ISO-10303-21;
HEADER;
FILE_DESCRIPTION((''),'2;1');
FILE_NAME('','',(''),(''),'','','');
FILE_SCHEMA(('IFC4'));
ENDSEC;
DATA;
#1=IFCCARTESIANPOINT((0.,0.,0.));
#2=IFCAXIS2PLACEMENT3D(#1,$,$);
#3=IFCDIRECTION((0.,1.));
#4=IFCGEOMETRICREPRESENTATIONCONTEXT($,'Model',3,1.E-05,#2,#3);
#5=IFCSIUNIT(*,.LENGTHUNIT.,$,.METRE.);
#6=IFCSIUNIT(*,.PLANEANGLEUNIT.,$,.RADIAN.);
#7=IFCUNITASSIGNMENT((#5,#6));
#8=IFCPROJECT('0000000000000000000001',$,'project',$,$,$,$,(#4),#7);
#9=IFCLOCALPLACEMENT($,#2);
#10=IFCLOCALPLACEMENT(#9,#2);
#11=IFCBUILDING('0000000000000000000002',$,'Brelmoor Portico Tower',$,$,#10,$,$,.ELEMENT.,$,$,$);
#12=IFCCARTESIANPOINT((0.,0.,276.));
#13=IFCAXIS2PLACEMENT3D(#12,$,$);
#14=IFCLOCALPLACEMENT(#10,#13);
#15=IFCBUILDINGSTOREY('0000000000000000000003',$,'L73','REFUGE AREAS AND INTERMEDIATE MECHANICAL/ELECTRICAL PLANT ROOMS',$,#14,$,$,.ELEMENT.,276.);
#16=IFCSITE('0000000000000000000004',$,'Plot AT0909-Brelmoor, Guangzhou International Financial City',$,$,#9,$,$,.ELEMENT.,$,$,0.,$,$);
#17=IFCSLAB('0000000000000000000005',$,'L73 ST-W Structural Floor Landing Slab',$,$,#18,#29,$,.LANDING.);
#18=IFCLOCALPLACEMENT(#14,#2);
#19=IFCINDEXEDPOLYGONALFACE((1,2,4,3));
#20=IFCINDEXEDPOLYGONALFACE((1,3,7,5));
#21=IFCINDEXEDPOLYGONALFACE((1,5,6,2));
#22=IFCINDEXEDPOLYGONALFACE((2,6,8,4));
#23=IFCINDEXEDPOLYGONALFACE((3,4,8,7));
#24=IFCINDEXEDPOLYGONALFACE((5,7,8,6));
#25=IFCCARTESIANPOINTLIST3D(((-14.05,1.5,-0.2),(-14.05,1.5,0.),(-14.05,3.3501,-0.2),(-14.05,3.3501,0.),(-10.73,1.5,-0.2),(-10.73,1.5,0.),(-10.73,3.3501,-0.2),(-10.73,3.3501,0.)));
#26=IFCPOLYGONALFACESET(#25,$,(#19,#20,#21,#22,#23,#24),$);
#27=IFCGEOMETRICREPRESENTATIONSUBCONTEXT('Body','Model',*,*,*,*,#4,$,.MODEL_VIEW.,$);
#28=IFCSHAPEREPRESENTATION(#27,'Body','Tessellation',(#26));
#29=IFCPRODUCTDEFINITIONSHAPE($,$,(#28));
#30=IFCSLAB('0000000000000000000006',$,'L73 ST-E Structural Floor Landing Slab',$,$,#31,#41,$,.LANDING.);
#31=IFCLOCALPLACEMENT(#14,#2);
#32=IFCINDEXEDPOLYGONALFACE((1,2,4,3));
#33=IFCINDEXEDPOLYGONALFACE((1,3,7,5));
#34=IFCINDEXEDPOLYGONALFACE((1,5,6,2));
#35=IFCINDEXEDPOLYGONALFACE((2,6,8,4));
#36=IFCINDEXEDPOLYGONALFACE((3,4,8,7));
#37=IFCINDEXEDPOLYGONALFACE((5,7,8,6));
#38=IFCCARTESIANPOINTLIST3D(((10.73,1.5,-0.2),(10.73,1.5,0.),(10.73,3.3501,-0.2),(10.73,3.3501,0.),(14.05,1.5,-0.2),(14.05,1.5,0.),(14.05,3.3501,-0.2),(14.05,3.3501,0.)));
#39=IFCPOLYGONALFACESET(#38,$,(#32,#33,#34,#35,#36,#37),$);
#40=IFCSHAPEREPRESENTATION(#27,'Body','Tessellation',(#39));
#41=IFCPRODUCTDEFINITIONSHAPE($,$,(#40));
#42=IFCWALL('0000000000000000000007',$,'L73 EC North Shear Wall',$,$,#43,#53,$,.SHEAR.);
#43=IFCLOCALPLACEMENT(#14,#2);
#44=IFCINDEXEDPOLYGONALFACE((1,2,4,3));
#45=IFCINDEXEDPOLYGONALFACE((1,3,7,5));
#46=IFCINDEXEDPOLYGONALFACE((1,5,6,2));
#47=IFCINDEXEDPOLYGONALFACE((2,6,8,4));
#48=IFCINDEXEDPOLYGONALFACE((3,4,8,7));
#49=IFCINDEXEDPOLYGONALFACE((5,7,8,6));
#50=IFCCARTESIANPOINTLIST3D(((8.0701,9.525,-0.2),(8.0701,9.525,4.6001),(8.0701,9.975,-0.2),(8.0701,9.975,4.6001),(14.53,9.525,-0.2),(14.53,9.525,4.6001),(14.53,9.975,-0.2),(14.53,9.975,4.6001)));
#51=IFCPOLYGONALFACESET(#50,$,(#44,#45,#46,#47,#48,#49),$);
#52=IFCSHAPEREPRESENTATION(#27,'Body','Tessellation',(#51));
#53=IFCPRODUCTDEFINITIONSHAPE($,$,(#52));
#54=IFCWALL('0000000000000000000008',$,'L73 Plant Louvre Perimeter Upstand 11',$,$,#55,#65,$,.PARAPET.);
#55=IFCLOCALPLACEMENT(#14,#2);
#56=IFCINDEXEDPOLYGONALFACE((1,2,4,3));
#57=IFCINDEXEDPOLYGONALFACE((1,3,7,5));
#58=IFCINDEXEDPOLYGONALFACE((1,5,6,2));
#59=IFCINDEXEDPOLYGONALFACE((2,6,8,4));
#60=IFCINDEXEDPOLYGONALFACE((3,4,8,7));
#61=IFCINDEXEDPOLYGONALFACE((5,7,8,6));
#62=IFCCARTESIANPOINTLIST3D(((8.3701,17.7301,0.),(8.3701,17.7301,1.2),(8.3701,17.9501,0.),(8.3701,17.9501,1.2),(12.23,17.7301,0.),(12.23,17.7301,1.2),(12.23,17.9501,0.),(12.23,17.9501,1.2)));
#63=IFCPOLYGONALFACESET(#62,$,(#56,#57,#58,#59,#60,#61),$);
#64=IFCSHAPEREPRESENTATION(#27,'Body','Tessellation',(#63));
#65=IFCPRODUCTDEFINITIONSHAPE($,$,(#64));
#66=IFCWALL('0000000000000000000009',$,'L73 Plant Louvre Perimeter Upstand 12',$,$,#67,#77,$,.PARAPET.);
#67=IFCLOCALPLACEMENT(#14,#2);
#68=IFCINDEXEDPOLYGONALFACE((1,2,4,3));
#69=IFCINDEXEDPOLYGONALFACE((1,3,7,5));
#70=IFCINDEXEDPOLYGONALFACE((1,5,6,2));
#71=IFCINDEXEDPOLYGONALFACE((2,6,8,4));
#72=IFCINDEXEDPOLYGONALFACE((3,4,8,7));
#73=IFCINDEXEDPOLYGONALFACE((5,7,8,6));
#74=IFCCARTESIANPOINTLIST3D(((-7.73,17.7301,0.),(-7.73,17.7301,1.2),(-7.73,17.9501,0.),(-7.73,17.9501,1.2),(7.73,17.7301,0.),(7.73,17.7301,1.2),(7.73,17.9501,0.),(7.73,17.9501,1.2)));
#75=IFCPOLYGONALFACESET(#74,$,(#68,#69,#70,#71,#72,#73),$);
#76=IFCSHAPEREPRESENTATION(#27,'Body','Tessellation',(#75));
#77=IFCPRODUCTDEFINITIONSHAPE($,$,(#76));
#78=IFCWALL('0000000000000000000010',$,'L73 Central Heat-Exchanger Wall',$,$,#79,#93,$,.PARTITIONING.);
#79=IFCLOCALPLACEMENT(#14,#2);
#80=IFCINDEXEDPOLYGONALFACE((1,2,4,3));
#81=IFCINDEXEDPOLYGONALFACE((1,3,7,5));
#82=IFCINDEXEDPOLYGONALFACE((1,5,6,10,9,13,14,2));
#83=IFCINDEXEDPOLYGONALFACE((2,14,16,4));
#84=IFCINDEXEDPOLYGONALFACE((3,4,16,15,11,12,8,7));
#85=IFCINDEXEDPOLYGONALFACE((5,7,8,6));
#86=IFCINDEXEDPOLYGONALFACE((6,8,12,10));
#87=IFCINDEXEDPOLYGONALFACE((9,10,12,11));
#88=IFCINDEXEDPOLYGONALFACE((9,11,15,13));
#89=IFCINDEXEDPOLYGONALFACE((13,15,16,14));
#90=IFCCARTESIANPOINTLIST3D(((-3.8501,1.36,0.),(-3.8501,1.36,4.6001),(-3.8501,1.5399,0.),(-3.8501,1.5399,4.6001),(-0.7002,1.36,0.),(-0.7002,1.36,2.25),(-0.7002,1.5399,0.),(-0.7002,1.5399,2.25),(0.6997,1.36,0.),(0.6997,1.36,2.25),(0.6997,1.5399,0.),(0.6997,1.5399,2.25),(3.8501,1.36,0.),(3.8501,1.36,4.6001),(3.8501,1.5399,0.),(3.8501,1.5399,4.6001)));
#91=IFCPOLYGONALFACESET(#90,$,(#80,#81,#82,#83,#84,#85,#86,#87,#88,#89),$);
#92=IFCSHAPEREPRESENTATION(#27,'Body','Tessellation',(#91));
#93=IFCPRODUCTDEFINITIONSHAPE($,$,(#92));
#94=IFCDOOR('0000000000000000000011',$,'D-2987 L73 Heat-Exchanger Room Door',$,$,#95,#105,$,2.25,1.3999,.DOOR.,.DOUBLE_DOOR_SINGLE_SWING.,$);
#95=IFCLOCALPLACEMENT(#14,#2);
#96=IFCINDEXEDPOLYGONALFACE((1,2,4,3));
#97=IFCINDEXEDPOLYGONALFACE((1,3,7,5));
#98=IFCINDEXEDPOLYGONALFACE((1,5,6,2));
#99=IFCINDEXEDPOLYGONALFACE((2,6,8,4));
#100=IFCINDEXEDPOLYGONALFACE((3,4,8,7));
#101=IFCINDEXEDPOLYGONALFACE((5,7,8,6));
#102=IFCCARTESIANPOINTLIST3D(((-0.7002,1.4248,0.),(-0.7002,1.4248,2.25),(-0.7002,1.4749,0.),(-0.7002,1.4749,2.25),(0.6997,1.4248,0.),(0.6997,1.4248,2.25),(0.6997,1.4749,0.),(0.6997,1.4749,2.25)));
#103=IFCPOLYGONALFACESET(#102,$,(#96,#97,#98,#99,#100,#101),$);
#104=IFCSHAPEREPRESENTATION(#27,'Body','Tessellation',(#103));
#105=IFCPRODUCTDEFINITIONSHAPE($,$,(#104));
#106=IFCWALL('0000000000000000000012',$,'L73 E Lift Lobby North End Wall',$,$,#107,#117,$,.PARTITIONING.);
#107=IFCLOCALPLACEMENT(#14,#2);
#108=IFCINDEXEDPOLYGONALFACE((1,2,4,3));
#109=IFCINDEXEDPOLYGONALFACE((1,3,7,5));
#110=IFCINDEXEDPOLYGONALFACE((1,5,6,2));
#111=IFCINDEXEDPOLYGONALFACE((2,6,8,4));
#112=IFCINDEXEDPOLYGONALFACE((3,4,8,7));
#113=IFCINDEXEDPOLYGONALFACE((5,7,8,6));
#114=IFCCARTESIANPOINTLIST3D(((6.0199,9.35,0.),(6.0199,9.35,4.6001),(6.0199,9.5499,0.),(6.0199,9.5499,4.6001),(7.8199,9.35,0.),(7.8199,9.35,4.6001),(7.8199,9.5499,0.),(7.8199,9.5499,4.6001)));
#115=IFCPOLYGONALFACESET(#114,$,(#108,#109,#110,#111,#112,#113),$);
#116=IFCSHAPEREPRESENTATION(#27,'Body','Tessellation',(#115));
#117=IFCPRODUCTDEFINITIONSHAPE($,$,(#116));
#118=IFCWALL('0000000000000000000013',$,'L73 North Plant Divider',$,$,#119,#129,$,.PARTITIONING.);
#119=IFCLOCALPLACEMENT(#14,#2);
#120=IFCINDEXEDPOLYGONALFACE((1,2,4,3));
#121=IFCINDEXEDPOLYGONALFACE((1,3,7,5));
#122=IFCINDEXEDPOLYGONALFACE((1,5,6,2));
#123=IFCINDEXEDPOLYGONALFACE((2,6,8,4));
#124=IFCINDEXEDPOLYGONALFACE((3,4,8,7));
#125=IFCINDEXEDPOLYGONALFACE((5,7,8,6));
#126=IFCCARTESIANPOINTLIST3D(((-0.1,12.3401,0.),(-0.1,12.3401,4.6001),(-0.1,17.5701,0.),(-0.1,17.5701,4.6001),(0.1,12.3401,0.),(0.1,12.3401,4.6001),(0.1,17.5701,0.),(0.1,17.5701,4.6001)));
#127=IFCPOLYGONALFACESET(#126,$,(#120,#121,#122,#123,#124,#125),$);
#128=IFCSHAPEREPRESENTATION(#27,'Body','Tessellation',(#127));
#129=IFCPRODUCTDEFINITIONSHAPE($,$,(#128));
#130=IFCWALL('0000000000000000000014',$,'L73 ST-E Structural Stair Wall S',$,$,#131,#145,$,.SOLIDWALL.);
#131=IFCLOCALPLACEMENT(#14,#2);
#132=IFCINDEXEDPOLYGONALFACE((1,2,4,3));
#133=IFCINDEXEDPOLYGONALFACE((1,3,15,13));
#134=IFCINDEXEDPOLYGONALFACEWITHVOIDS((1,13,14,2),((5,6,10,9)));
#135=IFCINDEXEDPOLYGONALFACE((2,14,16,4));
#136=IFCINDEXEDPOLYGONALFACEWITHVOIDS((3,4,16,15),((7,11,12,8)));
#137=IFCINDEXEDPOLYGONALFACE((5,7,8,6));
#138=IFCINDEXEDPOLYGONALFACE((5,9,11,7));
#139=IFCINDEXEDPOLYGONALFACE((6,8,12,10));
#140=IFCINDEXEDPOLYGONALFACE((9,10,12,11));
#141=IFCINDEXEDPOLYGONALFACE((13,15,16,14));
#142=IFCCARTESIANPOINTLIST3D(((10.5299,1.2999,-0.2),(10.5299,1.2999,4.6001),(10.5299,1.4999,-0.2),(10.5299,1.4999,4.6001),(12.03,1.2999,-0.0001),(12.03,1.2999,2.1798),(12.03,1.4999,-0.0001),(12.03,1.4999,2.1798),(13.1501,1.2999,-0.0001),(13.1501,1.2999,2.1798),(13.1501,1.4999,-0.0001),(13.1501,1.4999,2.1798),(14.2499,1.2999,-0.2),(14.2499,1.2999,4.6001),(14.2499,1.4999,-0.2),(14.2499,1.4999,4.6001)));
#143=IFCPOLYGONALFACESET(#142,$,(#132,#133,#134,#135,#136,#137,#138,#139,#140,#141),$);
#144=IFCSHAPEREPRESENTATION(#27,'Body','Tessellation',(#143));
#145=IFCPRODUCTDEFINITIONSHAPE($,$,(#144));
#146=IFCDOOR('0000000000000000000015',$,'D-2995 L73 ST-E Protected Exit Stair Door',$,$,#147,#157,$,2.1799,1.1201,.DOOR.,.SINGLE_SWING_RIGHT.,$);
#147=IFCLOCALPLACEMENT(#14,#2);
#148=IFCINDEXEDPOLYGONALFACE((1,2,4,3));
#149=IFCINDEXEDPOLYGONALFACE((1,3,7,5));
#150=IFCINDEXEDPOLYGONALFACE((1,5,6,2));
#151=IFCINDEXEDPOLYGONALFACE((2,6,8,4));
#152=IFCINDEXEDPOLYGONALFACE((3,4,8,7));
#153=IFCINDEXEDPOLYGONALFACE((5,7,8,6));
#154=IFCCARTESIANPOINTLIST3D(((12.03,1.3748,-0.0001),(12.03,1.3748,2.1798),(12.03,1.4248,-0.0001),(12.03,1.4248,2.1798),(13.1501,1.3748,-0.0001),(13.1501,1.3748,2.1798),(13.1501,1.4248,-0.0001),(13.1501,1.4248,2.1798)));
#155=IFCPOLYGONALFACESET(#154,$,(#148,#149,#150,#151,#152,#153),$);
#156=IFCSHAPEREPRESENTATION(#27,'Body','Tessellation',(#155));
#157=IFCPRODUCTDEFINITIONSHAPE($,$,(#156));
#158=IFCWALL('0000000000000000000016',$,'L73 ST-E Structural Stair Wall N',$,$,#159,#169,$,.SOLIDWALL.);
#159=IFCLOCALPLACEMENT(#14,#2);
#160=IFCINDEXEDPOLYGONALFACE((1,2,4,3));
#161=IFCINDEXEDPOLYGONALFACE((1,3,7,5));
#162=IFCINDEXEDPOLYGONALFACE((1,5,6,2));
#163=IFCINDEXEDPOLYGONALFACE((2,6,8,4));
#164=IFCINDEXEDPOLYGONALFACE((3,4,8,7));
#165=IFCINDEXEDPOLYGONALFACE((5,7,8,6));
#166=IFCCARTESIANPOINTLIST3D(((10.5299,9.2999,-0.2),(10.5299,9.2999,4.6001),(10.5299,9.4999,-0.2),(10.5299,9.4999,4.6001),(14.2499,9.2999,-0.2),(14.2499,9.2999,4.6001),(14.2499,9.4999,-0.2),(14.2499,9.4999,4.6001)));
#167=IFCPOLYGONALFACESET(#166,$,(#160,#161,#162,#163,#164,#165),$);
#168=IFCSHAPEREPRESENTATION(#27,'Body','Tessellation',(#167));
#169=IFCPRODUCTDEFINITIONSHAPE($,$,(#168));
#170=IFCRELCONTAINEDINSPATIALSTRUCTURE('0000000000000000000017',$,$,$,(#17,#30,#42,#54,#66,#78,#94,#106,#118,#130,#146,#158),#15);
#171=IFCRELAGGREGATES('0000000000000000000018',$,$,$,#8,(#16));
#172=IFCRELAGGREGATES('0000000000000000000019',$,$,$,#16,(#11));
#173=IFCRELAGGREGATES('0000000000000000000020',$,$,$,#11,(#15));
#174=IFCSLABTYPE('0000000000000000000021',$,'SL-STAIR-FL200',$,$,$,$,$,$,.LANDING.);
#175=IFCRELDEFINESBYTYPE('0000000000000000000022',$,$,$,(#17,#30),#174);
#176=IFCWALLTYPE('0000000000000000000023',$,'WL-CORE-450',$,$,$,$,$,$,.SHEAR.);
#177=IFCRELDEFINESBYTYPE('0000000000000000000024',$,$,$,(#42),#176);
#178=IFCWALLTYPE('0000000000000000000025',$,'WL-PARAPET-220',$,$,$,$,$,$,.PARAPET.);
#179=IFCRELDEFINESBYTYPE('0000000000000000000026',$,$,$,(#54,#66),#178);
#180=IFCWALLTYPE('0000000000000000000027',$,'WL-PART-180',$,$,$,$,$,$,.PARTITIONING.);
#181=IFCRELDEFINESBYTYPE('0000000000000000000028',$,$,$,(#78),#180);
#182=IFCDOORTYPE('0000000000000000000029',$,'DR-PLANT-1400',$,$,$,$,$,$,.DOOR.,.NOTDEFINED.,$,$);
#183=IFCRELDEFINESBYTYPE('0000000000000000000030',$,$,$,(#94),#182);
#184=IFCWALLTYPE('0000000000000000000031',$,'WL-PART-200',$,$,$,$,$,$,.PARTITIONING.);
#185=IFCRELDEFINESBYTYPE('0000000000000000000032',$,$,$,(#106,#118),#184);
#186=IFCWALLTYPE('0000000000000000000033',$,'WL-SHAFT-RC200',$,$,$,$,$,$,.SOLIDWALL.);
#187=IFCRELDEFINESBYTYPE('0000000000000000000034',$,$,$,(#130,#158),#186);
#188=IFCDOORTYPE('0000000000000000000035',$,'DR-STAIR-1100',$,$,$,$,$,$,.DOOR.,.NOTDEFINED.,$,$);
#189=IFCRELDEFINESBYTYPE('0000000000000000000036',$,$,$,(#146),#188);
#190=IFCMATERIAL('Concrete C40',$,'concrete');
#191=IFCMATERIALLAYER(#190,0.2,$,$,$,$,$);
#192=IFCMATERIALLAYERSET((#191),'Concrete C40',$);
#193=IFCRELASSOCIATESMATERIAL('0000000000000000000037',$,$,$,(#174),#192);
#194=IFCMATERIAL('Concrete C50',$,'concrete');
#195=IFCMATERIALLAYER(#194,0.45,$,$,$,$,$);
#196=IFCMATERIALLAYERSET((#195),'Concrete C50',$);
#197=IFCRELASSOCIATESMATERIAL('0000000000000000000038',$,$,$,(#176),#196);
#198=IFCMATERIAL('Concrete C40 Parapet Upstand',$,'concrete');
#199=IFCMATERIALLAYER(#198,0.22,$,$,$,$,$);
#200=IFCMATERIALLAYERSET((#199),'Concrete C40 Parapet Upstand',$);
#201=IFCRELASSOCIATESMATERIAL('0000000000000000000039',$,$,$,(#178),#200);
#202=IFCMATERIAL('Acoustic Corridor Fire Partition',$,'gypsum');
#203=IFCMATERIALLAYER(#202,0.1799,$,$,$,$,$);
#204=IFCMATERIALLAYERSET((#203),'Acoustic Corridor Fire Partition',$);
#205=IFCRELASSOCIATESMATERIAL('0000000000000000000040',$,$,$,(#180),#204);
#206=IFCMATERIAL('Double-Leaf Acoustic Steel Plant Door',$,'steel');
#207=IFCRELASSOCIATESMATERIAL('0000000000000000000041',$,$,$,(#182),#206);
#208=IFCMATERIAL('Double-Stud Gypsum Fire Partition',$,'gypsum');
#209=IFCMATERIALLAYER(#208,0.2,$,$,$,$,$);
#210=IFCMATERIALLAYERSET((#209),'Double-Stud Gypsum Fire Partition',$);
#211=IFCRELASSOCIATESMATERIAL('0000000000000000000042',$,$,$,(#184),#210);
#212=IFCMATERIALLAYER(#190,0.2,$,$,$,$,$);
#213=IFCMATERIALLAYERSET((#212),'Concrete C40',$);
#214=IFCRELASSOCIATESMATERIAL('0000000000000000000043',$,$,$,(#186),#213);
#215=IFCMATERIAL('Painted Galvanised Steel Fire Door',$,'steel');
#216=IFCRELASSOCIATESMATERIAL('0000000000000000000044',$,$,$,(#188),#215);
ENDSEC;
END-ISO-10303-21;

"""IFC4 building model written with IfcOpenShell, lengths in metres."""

from ifc_helpers import new_model, si_unit, direction, frame, frame_2d, origin, place, context, subcontext, project, spatial, polyline, rectangle, outline, extrude, material, layer, layer_set, type_object, element, fill, save


model = new_model("IFC4")

# Units and contexts
model_context = context("Model", 3, precision=1e-05, world=origin(), true_north=direction((0.0, 1.0)))
body_context = subcontext(model_context, "Body", "Model", "MODEL_VIEW")
ifc_project = project(units=[si_unit("LENGTHUNIT", "METRE"), si_unit("PLANEANGLEUNIT", "RADIAN")], contexts=[model_context])

# Site, building, storey
site_placement = place(None, origin())
site = spatial("IfcSite", under=ifc_project, at=site_placement, Name="Plot AT0909-Brelmoor, Guangzhou International Financial City", CompositionType="ELEMENT", RefElevation=0.0)
building_placement = place(site_placement, origin())
building = spatial("IfcBuilding", under=site, at=building_placement, Name="Brelmoor Portico Tower", CompositionType="ELEMENT")
storey_placement = place(building_placement, frame((0.0, 0.0, 276.0)))
storey = spatial("IfcBuildingStorey", under=building, at=storey_placement, Name="L73", Description="REFUGE AREAS AND INTERMEDIATE MECHANICAL/ELECTRICAL PLANT ROOMS", CompositionType="ELEMENT", Elevation=276.0)

# Shared definitions
ifc_material_1 = material(Name="Concrete C40", Category="concrete")

# Slabs
ifc_layer_1 = layer(ifc_material_1, 0.2)
ifc_layer_set_1 = layer_set([ifc_layer_1], Name="Concrete C40")
slab_type_1 = type_object("IfcSlabType", Name="SL-STAIR-FL200", PredefinedType="LANDING", material=ifc_layer_set_1)
slab_1_placement = place(storey_placement, frame((0.0, 0.0, -0.2)))
element("IfcSlab", 1, at=slab_1_placement, inside=storey, type_object=slab_type_1, Name="L73 ST-W Structural Floor Landing Slab", PredefinedType="LANDING", context=body_context, shape_type="SweptSolid", body=[
    extrude(outline(polyline([(-10.73, 1.5), (-10.73, 3.3501), (-14.05, 3.3501), (-14.05, 1.5), (-10.73, 1.5)])), origin(), (0.0, 0.0, 1.0), 0.2),
])
slab_2_placement = place(storey_placement, frame((0.0, 0.0, -0.2)))
element("IfcSlab", 2, at=slab_2_placement, inside=storey, type_object=slab_type_1, Name="L73 ST-E Structural Floor Landing Slab", PredefinedType="LANDING", context=body_context, shape_type="SweptSolid", body=[
    extrude(outline(polyline([(14.05, 1.5), (14.05, 3.3501), (10.73, 3.3501), (10.73, 1.5), (14.05, 1.5)])), origin(), (0.0, 0.0, 1.0), 0.2),
])

# Walls
ifc_material_2 = material(Name="Concrete C50", Category="concrete")
ifc_layer_2 = layer(ifc_material_2, 0.45)
ifc_layer_set_2 = layer_set([ifc_layer_2], Name="Concrete C50")
wall_type_1 = type_object("IfcWallType", Name="WL-CORE-450", PredefinedType="SHEAR", material=ifc_layer_set_2)
wall_1_placement = place(storey_placement, frame((8.0701, 9.75, -0.2), z_axis=(0.0, 0.0, 1.0), x_axis=(1.0, 0.0, 0.0)))
element("IfcWall", 3, at=wall_1_placement, inside=storey, type_object=wall_type_1, Name="L73 EC North Shear Wall", PredefinedType="SHEAR", context=body_context, shape_type="SweptSolid", body=[
    extrude(rectangle(XDim=6.46, YDim=0.45, at=frame_2d((3.23, 0.0))), origin(), (0.0, 0.0, 1.0), 4.8),
])
ifc_material_3 = material(Name="Concrete C40 Parapet Upstand", Category="concrete")
ifc_layer_3 = layer(ifc_material_3, 0.22)
ifc_layer_set_3 = layer_set([ifc_layer_3], Name="Concrete C40 Parapet Upstand")
wall_type_2 = type_object("IfcWallType", Name="WL-PARAPET-220", PredefinedType="PARAPET", material=ifc_layer_set_3)
wall_2_placement = place(storey_placement, frame((12.23, 17.8401, 0.0), z_axis=(0.0, 0.0, 1.0), x_axis=(-1.0, 0.0, 0.0)))
element("IfcWall", 4, at=wall_2_placement, inside=storey, type_object=wall_type_2, Name="L73 Plant Louvre Perimeter Upstand 11", PredefinedType="PARAPET", context=body_context, shape_type="SweptSolid", body=[
    extrude(rectangle(XDim=3.8599, YDim=0.22, at=frame_2d((1.9299, 0.0))), origin(), (0.0, 0.0, 1.0), 1.2),
])
wall_3_placement = place(storey_placement, frame((7.73, 17.8401, 0.0), z_axis=(0.0, 0.0, 1.0), x_axis=(-1.0, 0.0, 0.0)))
element("IfcWall", 5, at=wall_3_placement, inside=storey, type_object=wall_type_2, Name="L73 Plant Louvre Perimeter Upstand 12", PredefinedType="PARAPET", context=body_context, shape_type="SweptSolid", body=[
    extrude(rectangle(XDim=15.46, YDim=0.22, at=frame_2d((7.73, 0.0))), origin(), (0.0, 0.0, 1.0), 1.2),
])

# Wall, opening, door
ifc_material_4 = material(Name="Acoustic Corridor Fire Partition", Category="gypsum")
ifc_layer_4 = layer(ifc_material_4, 0.1799)
ifc_layer_set_4 = layer_set([ifc_layer_4], Name="Acoustic Corridor Fire Partition")
wall_type_3 = type_object("IfcWallType", Name="WL-PART-180", PredefinedType="PARTITIONING", material=ifc_layer_set_4)
wall_4_placement = place(storey_placement, frame((-3.8501, 1.45, 0.0), z_axis=(0.0, 0.0, 1.0), x_axis=(1.0, 0.0, 0.0)))
wall_4 = element("IfcWall", 6, at=wall_4_placement, inside=storey, type_object=wall_type_3, Name="L73 Central Heat-Exchanger Wall", PredefinedType="PARTITIONING", context=body_context, shape_type="SweptSolid", body=[
    extrude(rectangle(XDim=7.7002, YDim=0.1799, at=frame_2d((3.8501, 0.0))), origin(), (0.0, 0.0, 1.0), 4.6001),
])
opening_1_placement = place(wall_4_placement, frame((3.1499, 0.0, 0.0)))
opening_1 = element("IfcOpeningElement", 7, at=opening_1_placement, cuts=wall_4, PredefinedType="OPENING", context=body_context, shape_type="SweptSolid", body=[
    extrude(rectangle(XDim=1.3999, YDim=2.25, at=frame_2d((0.7, 1.125))), frame((0.0, 0.0999, 0.0), z_axis=(0.0, -1.0, 0.0), x_axis=(1.0, 0.0, 0.0)), (0.0, 0.0, 1.0), 0.2),
])
ifc_material_5 = material(Name="Double-Leaf Acoustic Steel Plant Door", Category="steel")
door_type_1 = type_object("IfcDoorType", Name="DR-PLANT-1400", OperationType="NOTDEFINED", PredefinedType="DOOR", material=ifc_material_5)
door_1_placement = place(opening_1_placement, origin())
door_1 = element("IfcDoor", 8, at=door_1_placement, inside=storey, type_object=door_type_1, Name="D-2987 L73 Heat-Exchanger Room Door", OperationType="DOUBLE_DOOR_SINGLE_SWING", OverallHeight=2.25, OverallWidth=1.3999, PredefinedType="DOOR", context=body_context, shape_type="SweptSolid", body=[
    extrude(rectangle(XDim=1.3999, YDim=2.25, at=frame_2d((0.7, 1.125))), frame((0.0, 0.0249, 0.0), z_axis=(0.0, -1.0, 0.0), x_axis=(1.0, 0.0, 0.0)), (0.0, 0.0, 1.0), 0.05),
])
fill(opening_1, door_1)

# Walls
ifc_material_6 = material(Name="Double-Stud Gypsum Fire Partition", Category="gypsum")
ifc_layer_5 = layer(ifc_material_6, 0.2)
ifc_layer_set_5 = layer_set([ifc_layer_5], Name="Double-Stud Gypsum Fire Partition")
wall_type_4 = type_object("IfcWallType", Name="WL-PART-200", PredefinedType="PARTITIONING", material=ifc_layer_set_5)
wall_5_placement = place(storey_placement, frame((6.02, 9.45, 0.0), z_axis=(0.0, 0.0, 1.0), x_axis=(1.0, 0.0, 0.0)))
element("IfcWall", 9, at=wall_5_placement, inside=storey, type_object=wall_type_4, Name="L73 E Lift Lobby North End Wall", PredefinedType="PARTITIONING", context=body_context, shape_type="SweptSolid", body=[
    extrude(rectangle(XDim=1.8, YDim=0.2, at=frame_2d((0.8999, 0.0))), origin(), (0.0, 0.0, 1.0), 4.6001),
])
wall_6_placement = place(storey_placement, frame((0.0, 12.3401, 0.0), z_axis=(0.0, 0.0, 1.0), x_axis=(0.0, 1.0, 0.0)))
element("IfcWall", 10, at=wall_6_placement, inside=storey, type_object=wall_type_4, Name="L73 North Plant Divider", PredefinedType="PARTITIONING", context=body_context, shape_type="SweptSolid", body=[
    extrude(rectangle(XDim=5.23, YDim=0.2, at=frame_2d((2.615, 0.0))), origin(), (0.0, 0.0, 1.0), 4.6001),
])

# Wall, opening, door
ifc_layer_6 = layer(ifc_material_1, 0.2)
ifc_layer_set_6 = layer_set([ifc_layer_6], Name="Concrete C40")
wall_type_5 = type_object("IfcWallType", Name="WL-SHAFT-RC200", PredefinedType="SOLIDWALL", material=ifc_layer_set_6)
wall_7_placement = place(storey_placement, frame((10.53, 1.3999, -0.2), z_axis=(0.0, 0.0, 1.0), x_axis=(1.0, 0.0, 0.0)))
wall_7 = element("IfcWall", 11, at=wall_7_placement, inside=storey, type_object=wall_type_5, Name="L73 ST-E Structural Stair Wall S", PredefinedType="SOLIDWALL", context=body_context, shape_type="SweptSolid", body=[
    extrude(rectangle(XDim=3.72, YDim=0.2, at=frame_2d((1.8599, 0.0))), origin(), (0.0, 0.0, 1.0), 4.8),
])
opening_2_placement = place(wall_7_placement, frame((1.5, 0.0, 0.2)))
opening_2 = element("IfcOpeningElement", 12, at=opening_2_placement, cuts=wall_7, PredefinedType="OPENING", context=body_context, shape_type="SweptSolid", body=[
    extrude(rectangle(XDim=1.1201, YDim=2.1799, at=frame_2d((0.5601, 1.0898))), frame((0.0, 0.1099, 0.0), z_axis=(0.0, -1.0, 0.0), x_axis=(1.0, 0.0, 0.0)), (0.0, 0.0, 1.0), 0.22),
])
ifc_material_7 = material(Name="Painted Galvanised Steel Fire Door", Category="steel")
door_type_2 = type_object("IfcDoorType", Name="DR-STAIR-1100", OperationType="NOTDEFINED", PredefinedType="DOOR", material=ifc_material_7)
door_2_placement = place(opening_2_placement, origin())
door_2 = element("IfcDoor", 13, at=door_2_placement, inside=storey, type_object=door_type_2, Name="D-2995 L73 ST-E Protected Exit Stair Door", OperationType="SINGLE_SWING_RIGHT", OverallHeight=2.1799, OverallWidth=1.1201, PredefinedType="DOOR", context=body_context, shape_type="SweptSolid", body=[
    extrude(rectangle(XDim=1.1201, YDim=2.1799, at=frame_2d((0.5601, 1.0898))), frame((0.0, 0.0249, 0.0), z_axis=(0.0, -1.0, 0.0), x_axis=(1.0, 0.0, 0.0)), (0.0, 0.0, 1.0), 0.05),
])
fill(opening_2, door_2)

# Wall
wall_8_placement = place(storey_placement, frame((10.53, 9.3999, -0.2), z_axis=(0.0, 0.0, 1.0), x_axis=(1.0, 0.0, 0.0)))
element("IfcWall", 14, at=wall_8_placement, inside=storey, type_object=wall_type_5, Name="L73 ST-E Structural Stair Wall N", PredefinedType="SOLIDWALL", context=body_context, shape_type="SweptSolid", body=[
    extrude(rectangle(XDim=3.72, YDim=0.2, at=frame_2d((1.8599, 0.0))), origin(), (0.0, 0.0, 1.0), 4.8),
])

save(model, "model.ifc")
